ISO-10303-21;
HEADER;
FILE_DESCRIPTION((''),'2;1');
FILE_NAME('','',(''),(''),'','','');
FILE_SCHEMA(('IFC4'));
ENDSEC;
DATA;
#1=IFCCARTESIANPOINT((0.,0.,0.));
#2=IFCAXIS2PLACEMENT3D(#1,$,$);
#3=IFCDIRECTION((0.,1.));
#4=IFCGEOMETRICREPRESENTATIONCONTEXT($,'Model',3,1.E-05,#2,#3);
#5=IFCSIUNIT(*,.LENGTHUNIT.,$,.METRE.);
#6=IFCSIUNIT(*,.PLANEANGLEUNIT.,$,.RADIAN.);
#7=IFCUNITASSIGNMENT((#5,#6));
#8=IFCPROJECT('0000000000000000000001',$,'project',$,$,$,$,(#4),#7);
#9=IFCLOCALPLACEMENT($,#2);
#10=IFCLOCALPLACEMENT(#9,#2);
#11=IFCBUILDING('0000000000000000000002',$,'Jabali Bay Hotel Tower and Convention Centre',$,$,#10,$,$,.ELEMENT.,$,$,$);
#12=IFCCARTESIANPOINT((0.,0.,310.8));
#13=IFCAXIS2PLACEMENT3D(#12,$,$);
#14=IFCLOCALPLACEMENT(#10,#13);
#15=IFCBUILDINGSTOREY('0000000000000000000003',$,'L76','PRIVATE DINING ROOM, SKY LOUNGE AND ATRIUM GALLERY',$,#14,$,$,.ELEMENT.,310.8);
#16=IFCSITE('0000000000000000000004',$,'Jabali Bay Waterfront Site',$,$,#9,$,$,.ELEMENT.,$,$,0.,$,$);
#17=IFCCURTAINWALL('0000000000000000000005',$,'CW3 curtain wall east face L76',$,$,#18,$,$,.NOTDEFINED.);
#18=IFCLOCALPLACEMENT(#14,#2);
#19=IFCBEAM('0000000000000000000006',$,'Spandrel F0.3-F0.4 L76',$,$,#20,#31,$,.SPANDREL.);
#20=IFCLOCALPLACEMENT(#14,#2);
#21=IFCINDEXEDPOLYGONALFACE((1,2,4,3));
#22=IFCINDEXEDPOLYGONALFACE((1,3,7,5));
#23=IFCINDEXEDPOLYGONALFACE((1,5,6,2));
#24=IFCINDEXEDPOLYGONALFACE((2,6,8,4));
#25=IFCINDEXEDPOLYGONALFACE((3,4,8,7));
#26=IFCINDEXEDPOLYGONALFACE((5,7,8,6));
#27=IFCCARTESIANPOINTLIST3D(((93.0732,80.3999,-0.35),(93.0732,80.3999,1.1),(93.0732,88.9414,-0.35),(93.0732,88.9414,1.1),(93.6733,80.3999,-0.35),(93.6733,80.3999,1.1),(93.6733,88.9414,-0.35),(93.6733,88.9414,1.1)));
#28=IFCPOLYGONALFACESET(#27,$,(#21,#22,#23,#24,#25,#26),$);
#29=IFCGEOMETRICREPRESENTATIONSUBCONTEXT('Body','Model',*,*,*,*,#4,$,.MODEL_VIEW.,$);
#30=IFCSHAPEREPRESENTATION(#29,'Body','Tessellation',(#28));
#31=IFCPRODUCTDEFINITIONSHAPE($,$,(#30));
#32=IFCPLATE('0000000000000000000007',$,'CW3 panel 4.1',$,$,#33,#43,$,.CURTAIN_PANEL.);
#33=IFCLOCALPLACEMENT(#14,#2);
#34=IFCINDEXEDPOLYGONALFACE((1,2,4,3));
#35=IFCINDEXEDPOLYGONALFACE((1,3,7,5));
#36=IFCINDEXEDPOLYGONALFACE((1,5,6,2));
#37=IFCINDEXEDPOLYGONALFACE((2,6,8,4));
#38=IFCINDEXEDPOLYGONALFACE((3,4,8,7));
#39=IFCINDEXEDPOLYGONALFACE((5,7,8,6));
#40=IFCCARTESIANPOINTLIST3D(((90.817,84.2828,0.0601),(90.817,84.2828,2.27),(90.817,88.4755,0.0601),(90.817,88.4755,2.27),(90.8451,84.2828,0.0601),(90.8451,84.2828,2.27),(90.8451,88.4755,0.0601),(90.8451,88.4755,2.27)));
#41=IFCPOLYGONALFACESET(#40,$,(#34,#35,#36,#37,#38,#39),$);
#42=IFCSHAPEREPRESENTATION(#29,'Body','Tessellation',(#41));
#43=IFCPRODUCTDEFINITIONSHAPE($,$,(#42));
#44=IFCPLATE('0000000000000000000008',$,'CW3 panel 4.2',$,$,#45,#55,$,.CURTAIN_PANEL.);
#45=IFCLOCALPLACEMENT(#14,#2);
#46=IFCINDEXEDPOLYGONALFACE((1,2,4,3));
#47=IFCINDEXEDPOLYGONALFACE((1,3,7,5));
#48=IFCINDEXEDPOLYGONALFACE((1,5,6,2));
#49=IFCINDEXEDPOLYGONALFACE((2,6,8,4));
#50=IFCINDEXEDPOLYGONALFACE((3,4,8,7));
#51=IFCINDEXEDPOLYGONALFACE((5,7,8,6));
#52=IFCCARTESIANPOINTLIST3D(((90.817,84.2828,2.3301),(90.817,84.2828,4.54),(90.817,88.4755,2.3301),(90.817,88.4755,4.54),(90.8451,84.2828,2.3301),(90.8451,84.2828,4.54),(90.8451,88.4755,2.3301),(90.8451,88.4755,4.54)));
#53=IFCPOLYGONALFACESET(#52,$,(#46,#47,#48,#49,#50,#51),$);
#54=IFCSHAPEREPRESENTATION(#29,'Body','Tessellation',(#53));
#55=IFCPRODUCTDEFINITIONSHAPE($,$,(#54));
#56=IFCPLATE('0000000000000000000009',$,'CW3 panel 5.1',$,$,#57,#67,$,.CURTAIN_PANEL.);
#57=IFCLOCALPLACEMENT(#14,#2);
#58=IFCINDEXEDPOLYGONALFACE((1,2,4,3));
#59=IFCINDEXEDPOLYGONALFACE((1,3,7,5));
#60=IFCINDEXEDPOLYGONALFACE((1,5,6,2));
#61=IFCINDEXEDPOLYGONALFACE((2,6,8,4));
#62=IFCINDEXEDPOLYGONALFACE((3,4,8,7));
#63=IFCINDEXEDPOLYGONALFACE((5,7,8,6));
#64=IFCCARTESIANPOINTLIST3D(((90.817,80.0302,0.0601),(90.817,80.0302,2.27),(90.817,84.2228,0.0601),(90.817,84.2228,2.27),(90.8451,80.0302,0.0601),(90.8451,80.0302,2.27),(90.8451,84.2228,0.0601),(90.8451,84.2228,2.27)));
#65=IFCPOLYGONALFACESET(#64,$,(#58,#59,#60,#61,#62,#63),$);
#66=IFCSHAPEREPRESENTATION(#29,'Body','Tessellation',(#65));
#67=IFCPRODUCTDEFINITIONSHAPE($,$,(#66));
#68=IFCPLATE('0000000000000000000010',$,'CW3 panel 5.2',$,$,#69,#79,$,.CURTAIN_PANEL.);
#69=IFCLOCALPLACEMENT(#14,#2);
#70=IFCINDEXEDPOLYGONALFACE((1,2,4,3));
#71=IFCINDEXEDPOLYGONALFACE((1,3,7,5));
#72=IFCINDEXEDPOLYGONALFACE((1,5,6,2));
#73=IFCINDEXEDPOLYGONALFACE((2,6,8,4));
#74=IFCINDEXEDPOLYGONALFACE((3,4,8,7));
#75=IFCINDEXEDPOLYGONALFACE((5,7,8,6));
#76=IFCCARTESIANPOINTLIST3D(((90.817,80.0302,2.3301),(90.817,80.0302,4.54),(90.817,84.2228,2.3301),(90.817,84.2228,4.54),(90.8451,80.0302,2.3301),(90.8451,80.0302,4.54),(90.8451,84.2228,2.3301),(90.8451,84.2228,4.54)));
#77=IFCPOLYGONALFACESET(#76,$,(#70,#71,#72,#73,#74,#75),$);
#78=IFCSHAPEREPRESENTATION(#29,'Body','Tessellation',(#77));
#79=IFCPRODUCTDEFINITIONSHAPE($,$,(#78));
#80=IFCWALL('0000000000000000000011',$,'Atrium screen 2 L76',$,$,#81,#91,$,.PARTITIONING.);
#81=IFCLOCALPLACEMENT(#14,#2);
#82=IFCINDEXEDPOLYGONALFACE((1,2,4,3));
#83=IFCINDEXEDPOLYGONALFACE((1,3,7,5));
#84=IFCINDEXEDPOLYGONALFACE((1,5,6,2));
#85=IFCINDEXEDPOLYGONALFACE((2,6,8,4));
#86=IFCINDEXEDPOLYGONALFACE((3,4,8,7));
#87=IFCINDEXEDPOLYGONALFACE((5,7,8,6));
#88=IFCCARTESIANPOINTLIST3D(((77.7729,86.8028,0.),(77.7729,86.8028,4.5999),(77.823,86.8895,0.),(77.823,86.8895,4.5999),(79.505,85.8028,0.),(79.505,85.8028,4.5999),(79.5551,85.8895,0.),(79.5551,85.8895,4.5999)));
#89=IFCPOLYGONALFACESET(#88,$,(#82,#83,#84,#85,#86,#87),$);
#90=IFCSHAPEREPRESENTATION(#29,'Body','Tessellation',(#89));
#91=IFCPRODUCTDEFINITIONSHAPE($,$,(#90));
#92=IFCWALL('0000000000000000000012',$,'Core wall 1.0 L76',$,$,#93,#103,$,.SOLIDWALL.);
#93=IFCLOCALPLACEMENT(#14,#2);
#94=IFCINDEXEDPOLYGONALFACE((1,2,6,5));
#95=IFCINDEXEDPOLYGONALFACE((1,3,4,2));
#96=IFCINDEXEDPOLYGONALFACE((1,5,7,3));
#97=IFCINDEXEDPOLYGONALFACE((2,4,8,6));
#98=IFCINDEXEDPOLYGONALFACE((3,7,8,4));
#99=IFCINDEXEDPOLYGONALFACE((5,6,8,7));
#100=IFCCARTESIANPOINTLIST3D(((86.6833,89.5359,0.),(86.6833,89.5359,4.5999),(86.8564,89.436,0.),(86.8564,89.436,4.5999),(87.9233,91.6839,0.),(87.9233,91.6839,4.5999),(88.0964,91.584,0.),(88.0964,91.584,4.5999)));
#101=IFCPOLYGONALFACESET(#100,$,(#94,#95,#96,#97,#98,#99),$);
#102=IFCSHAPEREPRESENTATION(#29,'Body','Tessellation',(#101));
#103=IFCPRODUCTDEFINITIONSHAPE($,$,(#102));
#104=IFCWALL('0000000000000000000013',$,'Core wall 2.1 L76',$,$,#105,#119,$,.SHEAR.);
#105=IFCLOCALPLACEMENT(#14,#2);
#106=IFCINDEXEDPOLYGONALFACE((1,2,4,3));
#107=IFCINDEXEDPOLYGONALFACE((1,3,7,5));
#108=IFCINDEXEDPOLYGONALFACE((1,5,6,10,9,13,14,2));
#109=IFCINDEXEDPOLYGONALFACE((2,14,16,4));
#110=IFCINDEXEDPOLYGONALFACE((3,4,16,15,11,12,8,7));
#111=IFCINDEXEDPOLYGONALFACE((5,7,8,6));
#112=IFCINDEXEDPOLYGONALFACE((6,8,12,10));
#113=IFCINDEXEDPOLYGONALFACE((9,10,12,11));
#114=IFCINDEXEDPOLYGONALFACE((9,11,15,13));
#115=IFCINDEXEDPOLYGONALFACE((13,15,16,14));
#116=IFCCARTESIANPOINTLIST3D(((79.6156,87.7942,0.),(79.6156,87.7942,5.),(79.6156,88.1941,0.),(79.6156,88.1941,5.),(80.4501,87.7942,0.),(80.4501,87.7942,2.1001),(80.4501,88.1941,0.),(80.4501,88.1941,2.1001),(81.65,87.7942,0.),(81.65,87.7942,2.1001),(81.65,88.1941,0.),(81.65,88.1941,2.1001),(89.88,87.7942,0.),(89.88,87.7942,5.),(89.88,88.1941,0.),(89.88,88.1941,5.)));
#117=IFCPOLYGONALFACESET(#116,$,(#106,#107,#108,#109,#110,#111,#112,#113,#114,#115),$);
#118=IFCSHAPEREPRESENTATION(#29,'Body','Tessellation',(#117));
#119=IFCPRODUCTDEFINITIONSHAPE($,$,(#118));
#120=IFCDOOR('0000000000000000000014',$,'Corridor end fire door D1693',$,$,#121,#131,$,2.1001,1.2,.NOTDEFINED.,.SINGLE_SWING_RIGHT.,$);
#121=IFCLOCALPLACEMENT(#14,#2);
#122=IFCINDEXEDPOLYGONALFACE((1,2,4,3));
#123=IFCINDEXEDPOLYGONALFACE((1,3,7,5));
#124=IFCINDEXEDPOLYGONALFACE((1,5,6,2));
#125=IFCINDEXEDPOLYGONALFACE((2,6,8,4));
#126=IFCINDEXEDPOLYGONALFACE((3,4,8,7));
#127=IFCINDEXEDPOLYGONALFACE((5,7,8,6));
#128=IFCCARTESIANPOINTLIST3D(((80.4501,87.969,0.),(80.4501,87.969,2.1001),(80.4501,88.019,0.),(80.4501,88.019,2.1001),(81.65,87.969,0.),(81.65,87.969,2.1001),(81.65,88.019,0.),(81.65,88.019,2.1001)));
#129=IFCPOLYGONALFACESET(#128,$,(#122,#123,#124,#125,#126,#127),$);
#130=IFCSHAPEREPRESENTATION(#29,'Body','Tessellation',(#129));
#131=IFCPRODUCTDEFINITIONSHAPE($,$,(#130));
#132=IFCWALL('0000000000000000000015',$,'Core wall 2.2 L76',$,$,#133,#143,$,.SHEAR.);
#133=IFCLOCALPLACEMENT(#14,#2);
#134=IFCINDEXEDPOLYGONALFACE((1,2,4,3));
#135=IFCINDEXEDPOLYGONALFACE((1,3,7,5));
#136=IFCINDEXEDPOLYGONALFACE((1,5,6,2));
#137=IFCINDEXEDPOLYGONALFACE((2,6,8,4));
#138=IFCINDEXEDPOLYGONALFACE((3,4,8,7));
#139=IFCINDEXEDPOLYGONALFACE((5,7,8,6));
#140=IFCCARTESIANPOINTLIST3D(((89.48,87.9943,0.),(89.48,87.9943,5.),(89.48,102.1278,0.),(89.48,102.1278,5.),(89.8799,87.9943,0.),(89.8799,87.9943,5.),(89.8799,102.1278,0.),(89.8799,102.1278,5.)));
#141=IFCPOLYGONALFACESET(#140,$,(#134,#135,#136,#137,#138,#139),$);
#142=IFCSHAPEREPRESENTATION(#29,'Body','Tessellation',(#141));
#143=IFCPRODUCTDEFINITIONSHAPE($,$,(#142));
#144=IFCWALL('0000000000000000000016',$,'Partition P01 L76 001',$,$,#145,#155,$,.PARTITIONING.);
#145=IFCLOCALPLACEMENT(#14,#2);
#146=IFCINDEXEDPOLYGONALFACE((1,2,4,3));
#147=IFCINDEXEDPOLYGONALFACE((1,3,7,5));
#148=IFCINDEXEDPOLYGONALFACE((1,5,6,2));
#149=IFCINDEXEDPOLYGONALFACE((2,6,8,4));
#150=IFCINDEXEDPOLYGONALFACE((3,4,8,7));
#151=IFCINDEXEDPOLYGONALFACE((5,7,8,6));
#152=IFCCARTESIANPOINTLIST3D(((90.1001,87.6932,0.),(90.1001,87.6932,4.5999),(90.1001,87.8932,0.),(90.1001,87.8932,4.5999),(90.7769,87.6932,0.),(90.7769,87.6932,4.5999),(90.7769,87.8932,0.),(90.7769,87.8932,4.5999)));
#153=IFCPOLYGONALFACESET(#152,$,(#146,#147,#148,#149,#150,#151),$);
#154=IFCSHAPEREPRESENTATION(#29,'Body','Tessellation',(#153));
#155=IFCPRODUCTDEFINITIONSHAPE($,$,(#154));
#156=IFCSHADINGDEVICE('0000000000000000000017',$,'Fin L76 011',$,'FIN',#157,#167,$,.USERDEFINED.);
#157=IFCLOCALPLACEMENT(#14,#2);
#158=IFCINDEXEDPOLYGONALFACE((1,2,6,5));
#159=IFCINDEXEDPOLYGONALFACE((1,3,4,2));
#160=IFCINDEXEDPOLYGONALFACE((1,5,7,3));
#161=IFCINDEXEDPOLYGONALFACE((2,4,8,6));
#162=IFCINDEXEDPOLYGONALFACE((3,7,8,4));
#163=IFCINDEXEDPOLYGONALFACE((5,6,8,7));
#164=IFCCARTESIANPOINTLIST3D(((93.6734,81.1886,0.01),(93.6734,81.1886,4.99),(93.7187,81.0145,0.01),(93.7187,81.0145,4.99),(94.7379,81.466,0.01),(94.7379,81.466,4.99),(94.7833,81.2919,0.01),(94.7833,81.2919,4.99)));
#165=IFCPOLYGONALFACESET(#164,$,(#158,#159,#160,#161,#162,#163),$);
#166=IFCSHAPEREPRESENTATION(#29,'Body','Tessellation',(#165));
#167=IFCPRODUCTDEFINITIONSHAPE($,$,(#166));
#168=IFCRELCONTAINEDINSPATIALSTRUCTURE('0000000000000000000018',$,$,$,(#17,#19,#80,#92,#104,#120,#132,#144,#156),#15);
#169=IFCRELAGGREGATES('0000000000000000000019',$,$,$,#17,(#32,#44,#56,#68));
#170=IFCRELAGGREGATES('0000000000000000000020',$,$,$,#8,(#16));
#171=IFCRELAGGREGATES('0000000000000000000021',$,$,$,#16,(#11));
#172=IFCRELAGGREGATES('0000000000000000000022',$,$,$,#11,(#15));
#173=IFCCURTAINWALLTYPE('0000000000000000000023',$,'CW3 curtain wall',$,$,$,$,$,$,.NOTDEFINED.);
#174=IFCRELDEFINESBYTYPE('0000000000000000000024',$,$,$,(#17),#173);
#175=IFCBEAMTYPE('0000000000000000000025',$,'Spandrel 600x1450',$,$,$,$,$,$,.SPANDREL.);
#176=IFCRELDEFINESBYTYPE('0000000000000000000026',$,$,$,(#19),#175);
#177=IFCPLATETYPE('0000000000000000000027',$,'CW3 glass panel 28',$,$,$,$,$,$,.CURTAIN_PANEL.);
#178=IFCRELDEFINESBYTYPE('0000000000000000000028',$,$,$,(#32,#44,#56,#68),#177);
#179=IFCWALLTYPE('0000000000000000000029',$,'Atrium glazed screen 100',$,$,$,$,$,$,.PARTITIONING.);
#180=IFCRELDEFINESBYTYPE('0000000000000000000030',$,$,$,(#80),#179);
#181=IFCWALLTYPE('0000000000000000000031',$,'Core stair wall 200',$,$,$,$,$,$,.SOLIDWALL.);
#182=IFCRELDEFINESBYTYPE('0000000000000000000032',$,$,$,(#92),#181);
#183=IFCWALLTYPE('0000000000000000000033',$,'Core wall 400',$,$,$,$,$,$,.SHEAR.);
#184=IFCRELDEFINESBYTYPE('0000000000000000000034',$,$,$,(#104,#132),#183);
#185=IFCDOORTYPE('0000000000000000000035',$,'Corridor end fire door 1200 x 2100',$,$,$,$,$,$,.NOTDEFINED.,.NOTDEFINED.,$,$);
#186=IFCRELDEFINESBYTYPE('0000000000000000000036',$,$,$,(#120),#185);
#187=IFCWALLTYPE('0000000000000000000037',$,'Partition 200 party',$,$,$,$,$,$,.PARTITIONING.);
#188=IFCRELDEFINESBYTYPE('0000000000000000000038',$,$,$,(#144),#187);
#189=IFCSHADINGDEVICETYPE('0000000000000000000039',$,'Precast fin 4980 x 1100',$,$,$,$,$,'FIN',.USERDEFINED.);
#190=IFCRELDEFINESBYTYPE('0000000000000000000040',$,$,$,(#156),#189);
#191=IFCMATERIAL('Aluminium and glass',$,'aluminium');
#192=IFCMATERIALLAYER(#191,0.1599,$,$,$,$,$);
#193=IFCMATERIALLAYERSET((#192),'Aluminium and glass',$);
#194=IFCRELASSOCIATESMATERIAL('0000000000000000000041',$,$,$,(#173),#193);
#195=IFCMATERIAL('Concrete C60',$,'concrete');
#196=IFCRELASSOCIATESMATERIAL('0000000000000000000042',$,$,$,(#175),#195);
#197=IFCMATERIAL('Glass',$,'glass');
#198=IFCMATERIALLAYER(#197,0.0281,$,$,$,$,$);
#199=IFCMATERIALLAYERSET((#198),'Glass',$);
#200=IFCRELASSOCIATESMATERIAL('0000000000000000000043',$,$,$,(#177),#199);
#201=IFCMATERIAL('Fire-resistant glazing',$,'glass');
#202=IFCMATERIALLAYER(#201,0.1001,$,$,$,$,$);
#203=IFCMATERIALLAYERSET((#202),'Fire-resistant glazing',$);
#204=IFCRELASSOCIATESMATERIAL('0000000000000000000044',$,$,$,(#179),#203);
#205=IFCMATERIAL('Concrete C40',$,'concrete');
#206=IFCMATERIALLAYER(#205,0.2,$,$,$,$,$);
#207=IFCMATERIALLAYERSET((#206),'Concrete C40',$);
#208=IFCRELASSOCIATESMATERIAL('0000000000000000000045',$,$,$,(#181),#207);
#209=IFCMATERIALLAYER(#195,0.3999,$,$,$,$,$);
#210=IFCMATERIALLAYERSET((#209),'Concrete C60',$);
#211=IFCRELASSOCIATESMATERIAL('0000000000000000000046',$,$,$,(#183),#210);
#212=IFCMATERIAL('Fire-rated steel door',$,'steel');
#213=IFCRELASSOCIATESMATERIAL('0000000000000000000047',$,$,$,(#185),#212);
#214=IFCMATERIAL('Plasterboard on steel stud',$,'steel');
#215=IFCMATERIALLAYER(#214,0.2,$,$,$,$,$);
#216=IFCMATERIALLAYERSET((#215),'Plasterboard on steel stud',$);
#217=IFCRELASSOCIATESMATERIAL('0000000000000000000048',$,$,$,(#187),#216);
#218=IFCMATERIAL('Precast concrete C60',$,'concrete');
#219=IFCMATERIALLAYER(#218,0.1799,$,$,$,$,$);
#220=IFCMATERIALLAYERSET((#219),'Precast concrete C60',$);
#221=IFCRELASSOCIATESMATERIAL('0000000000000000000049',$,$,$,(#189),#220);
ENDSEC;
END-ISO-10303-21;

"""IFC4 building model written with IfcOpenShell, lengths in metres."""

from ifc_helpers import new_model, si_unit, direction, frame, frame_2d, origin, origin_2d, place, context, subcontext, project, spatial, rectangle, extrude, material, layer, layer_set, material_profile, profile_set, type_object, element, fill, aggregate, save


model = new_model("IFC4")

# Units and contexts
model_context = context("Model", 3, precision=1e-05, world=origin(), true_north=direction((0.0, 1.0)))
body_context = subcontext(model_context, "Body", "Model", "MODEL_VIEW")
ifc_project = project(units=[si_unit("LENGTHUNIT", "METRE"), si_unit("PLANEANGLEUNIT", "RADIAN")], contexts=[model_context])

# Site, building, storey
site_placement = place(None, origin())
site = spatial("IfcSite", under=ifc_project, at=site_placement, Name="Jabali Bay Waterfront Site", CompositionType="ELEMENT", RefElevation=0.0)
building_placement = place(site_placement, origin())
building = spatial("IfcBuilding", under=site, at=building_placement, Name="Jabali Bay Hotel Tower and Convention Centre", CompositionType="ELEMENT")
storey_placement = place(building_placement, frame((0.0, 0.0, 310.8)))
storey = spatial("IfcBuildingStorey", under=building, at=storey_placement, Name="L76", Description="PRIVATE DINING ROOM, SKY LOUNGE AND ATRIUM GALLERY", CompositionType="ELEMENT", Elevation=310.8)

# Shared definitions
ifc_material_1 = material(Name="Concrete C60", Category="concrete")

# Curtain wall
ifc_material_2 = material(Name="Aluminium and glass", Category="aluminium")
ifc_layer_1 = layer(ifc_material_2, 0.1599)
ifc_layer_set_1 = layer_set([ifc_layer_1], Name="Aluminium and glass")
curtain_wall_type = type_object("IfcCurtainWallType", Name="CW3 curtain wall", PredefinedType="NOTDEFINED", material=ifc_layer_set_1)
curtain_wall_placement = place(storey_placement, origin())
curtain_wall = element("IfcCurtainWall", 1, at=curtain_wall_placement, inside=storey, type_object=curtain_wall_type, Name="CW3 curtain wall east face L76", PredefinedType="NOTDEFINED")

# Beam
ifc_material_profile_1 = material_profile(ifc_material_1, rectangle(XDim=0.6001, YDim=1.45, at=origin_2d()), Name="Spandrel 600x1450")
ifc_profile_set_1 = profile_set([ifc_material_profile_1], Name="Concrete C60")
beam_type = type_object("IfcBeamType", Name="Spandrel 600x1450", PredefinedType="SPANDREL", material=ifc_profile_set_1)
beam_placement = place(storey_placement, frame((93.3733, 80.3999, 0.375), z_axis=(0.0, 1.0, 0.0), x_axis=(-1.0, 0.0, 0.0)))
element("IfcBeam", 2, at=beam_placement, inside=storey, type_object=beam_type, Name="Spandrel F0.3-F0.4 L76", PredefinedType="SPANDREL", context=body_context, shape_type="SweptSolid", body=[
    extrude(rectangle(XDim=0.6001, YDim=1.45, at=origin_2d()), origin(), (0.0, 0.0, 1.0), 8.5415),
])

# Plates
ifc_material_3 = material(Name="Glass", Category="glass")
ifc_layer_2 = layer(ifc_material_3, 0.0281)
ifc_layer_set_2 = layer_set([ifc_layer_2], Name="Glass")
plate_type = type_object("IfcPlateType", Name="CW3 glass panel 28", PredefinedType="CURTAIN_PANEL", material=ifc_layer_set_2)
plate_1_placement = place(storey_placement, frame((90.8311, 86.3792, 0.0601), z_axis=(0.0, 0.0, 1.0), x_axis=(0.0, -1.0, 0.0)))
plate_1 = element("IfcPlate", 3, at=plate_1_placement, type_object=plate_type, Name="CW3 panel 4.1", PredefinedType="CURTAIN_PANEL", context=body_context, shape_type="SweptSolid", body=[
    extrude(rectangle(XDim=4.1926, YDim=0.0281, at=origin_2d()), origin(), (0.0, 0.0, 1.0), 2.21),
])
plate_2_placement = place(storey_placement, frame((90.8311, 86.3792, 2.3301), z_axis=(0.0, 0.0, 1.0), x_axis=(0.0, -1.0, 0.0)))
plate_2 = element("IfcPlate", 4, at=plate_2_placement, type_object=plate_type, Name="CW3 panel 4.2", PredefinedType="CURTAIN_PANEL", context=body_context, shape_type="SweptSolid", body=[
    extrude(rectangle(XDim=4.1926, YDim=0.0281, at=origin_2d()), origin(), (0.0, 0.0, 1.0), 2.21),
])
plate_3_placement = place(storey_placement, frame((90.8311, 82.1265, 0.0601), z_axis=(0.0, 0.0, 1.0), x_axis=(0.0, -1.0, 0.0)))
plate_3 = element("IfcPlate", 5, at=plate_3_placement, type_object=plate_type, Name="CW3 panel 5.1", PredefinedType="CURTAIN_PANEL", context=body_context, shape_type="SweptSolid", body=[
    extrude(rectangle(XDim=4.1926, YDim=0.0281, at=origin_2d()), origin(), (0.0, 0.0, 1.0), 2.21),
])
plate_4_placement = place(storey_placement, frame((90.8311, 82.1265, 2.3301), z_axis=(0.0, 0.0, 1.0), x_axis=(0.0, -1.0, 0.0)))
plate_4 = element("IfcPlate", 6, at=plate_4_placement, type_object=plate_type, Name="CW3 panel 5.2", PredefinedType="CURTAIN_PANEL", context=body_context, shape_type="SweptSolid", body=[
    extrude(rectangle(XDim=4.1926, YDim=0.0281, at=origin_2d()), origin(), (0.0, 0.0, 1.0), 2.21),
])
aggregate(curtain_wall, [plate_1, plate_2, plate_3, plate_4])

# Walls
ifc_material_4 = material(Name="Fire-resistant glazing", Category="glass")
ifc_layer_3 = layer(ifc_material_4, 0.1001)
ifc_layer_set_3 = layer_set([ifc_layer_3], Name="Fire-resistant glazing")
wall_type_1 = type_object("IfcWallType", Name="Atrium glazed screen 100", PredefinedType="PARTITIONING", material=ifc_layer_set_3)
wall_1_placement = place(storey_placement, frame((79.53, 85.8462, 0.0), z_axis=(0.0, 0.0, 1.0), x_axis=(-0.866041, 0.499973, 0.0)))
element("IfcWall", 7, at=wall_1_placement, inside=storey, type_object=wall_type_1, Name="Atrium screen 2 L76", PredefinedType="PARTITIONING", context=body_context, shape_type="SweptSolid", body=[
    extrude(rectangle(XDim=2.0, YDim=0.1001, at=frame_2d((1.0, 0.0))), origin(), (0.0, 0.0, 1.0), 4.5999),
])
ifc_material_5 = material(Name="Concrete C40", Category="concrete")
ifc_layer_4 = layer(ifc_material_5, 0.2)
ifc_layer_set_4 = layer_set([ifc_layer_4], Name="Concrete C40")
wall_type_2 = type_object("IfcWallType", Name="Core stair wall 200", PredefinedType="SOLIDWALL", material=ifc_layer_set_4)
wall_2_placement = place(storey_placement, frame((86.7698, 89.4858, 0.0), z_axis=(0.0, 0.0, 1.0), x_axis=(0.499961, 0.866048, 0.0)))
element("IfcWall", 8, at=wall_2_placement, inside=storey, type_object=wall_type_2, Name="Core wall 1.0 L76", PredefinedType="SOLIDWALL", context=body_context, shape_type="SweptSolid", body=[
    extrude(rectangle(XDim=2.4802, YDim=0.2, at=frame_2d((1.2402, 0.0))), origin(), (0.0, 0.0, 1.0), 4.5999),
])

# Wall, opening, door
ifc_layer_5 = layer(ifc_material_1, 0.3999)
ifc_layer_set_5 = layer_set([ifc_layer_5], Name="Concrete C60")
wall_type_3 = type_object("IfcWallType", Name="Core wall 400", PredefinedType="SHEAR", material=ifc_layer_set_5)
wall_3_placement = place(storey_placement, frame((79.6155, 87.9941, 0.0), z_axis=(0.0, 0.0, 1.0), x_axis=(1.0, 0.0, 0.0)))
wall_3 = element("IfcWall", 9, at=wall_3_placement, inside=storey, type_object=wall_type_3, Name="Core wall 2.1 L76", PredefinedType="SHEAR", context=body_context, shape_type="SweptSolid", body=[
    extrude(rectangle(XDim=10.2644, YDim=0.3999, at=frame_2d((5.1323, 0.0))), origin(), (0.0, 0.0, 1.0), 5.0),
])
opening_placement = place(wall_3_placement, frame((0.8345, 0.0, 0.0)))
opening = element("IfcOpeningElement", 10, at=opening_placement, cuts=wall_3, PredefinedType="OPENING", context=body_context, shape_type="SweptSolid", body=[
    extrude(rectangle(XDim=1.2, YDim=2.1001, at=frame_2d((0.6001, 1.05))), frame((0.0, 0.2104, 0.0), z_axis=(0.0, -1.0, 0.0), x_axis=(1.0, 0.0, 0.0)), (0.0, 0.0, 1.0), 0.4209),
])
ifc_material_6 = material(Name="Fire-rated steel door", Category="steel")
door_type = type_object("IfcDoorType", Name="Corridor end fire door 1200 x 2100", OperationType="NOTDEFINED", PredefinedType="NOTDEFINED", material=ifc_material_6)
door_placement = place(opening_placement, origin())
door = element("IfcDoor", 11, at=door_placement, inside=storey, type_object=door_type, Name="Corridor end fire door D1693", OperationType="SINGLE_SWING_RIGHT", OverallHeight=2.1001, OverallWidth=1.2, PredefinedType="NOTDEFINED", context=body_context, shape_type="SweptSolid", body=[
    extrude(rectangle(XDim=1.2, YDim=2.1001, at=frame_2d((0.6001, 1.05))), frame((0.0, 0.0249, 0.0), z_axis=(0.0, -1.0, 0.0), x_axis=(1.0, 0.0, 0.0)), (0.0, 0.0, 1.0), 0.05),
])
fill(opening, door)

# Walls
wall_4_placement = place(storey_placement, frame((89.6799, 87.9941, 0.0), z_axis=(0.0, 0.0, 1.0), x_axis=(0.0, 1.0, 0.0)))
element("IfcWall", 12, at=wall_4_placement, inside=storey, type_object=wall_type_3, Name="Core wall 2.2 L76", PredefinedType="SHEAR", context=body_context, shape_type="SweptSolid", body=[
    extrude(rectangle(XDim=14.1335, YDim=0.3999, at=frame_2d((7.0669, 0.0))), origin(), (0.0, 0.0, 1.0), 5.0),
])
ifc_material_7 = material(Name="Plasterboard on steel stud", Category="steel")
ifc_layer_6 = layer(ifc_material_7, 0.2)
ifc_layer_set_6 = layer_set([ifc_layer_6], Name="Plasterboard on steel stud")
wall_type_4 = type_object("IfcWallType", Name="Partition 200 party", PredefinedType="PARTITIONING", material=ifc_layer_set_6)
wall_5_placement = place(storey_placement, frame((90.7769, 87.7932, 0.0), z_axis=(0.0, 0.0, 1.0), x_axis=(-1.0, 0.0, 0.0)))
element("IfcWall", 13, at=wall_5_placement, inside=storey, type_object=wall_type_4, Name="Partition P01 L76 001", PredefinedType="PARTITIONING", context=body_context, shape_type="SweptSolid", body=[
    extrude(rectangle(XDim=0.6768, YDim=0.2, at=frame_2d((0.3384, 0.0))), origin(), (0.0, 0.0, 1.0), 4.5999),
])

# Shading device
ifc_material_8 = material(Name="Precast concrete C60", Category="concrete")
ifc_layer_7 = layer(ifc_material_8, 0.1799)
ifc_layer_set_7 = layer_set([ifc_layer_7], Name="Precast concrete C60")
shading_device_type_1 = type_object("IfcShadingDeviceType", Name="Precast fin 4980 x 1100", ElementType="FIN", PredefinedType="USERDEFINED", material=ifc_layer_set_7)
shading_device_placement = place(storey_placement, frame((93.696, 81.1016, 0.01), z_axis=(0.0, 0.0, 1.0), x_axis=(0.967693, 0.252133, 0.0)))
element("IfcShadingDevice", 14, at=shading_device_placement, inside=storey, type_object=shading_device_type_1, Name="Fin L76 011", ObjectType="FIN", PredefinedType="USERDEFINED", context=body_context, shape_type="SweptSolid", body=[
    extrude(rectangle(XDim=1.1001, YDim=0.1799, at=frame_2d((0.55, 0.0))), origin(), (0.0, 0.0, 1.0), 4.98),
])

save(model, "model.ifc")
